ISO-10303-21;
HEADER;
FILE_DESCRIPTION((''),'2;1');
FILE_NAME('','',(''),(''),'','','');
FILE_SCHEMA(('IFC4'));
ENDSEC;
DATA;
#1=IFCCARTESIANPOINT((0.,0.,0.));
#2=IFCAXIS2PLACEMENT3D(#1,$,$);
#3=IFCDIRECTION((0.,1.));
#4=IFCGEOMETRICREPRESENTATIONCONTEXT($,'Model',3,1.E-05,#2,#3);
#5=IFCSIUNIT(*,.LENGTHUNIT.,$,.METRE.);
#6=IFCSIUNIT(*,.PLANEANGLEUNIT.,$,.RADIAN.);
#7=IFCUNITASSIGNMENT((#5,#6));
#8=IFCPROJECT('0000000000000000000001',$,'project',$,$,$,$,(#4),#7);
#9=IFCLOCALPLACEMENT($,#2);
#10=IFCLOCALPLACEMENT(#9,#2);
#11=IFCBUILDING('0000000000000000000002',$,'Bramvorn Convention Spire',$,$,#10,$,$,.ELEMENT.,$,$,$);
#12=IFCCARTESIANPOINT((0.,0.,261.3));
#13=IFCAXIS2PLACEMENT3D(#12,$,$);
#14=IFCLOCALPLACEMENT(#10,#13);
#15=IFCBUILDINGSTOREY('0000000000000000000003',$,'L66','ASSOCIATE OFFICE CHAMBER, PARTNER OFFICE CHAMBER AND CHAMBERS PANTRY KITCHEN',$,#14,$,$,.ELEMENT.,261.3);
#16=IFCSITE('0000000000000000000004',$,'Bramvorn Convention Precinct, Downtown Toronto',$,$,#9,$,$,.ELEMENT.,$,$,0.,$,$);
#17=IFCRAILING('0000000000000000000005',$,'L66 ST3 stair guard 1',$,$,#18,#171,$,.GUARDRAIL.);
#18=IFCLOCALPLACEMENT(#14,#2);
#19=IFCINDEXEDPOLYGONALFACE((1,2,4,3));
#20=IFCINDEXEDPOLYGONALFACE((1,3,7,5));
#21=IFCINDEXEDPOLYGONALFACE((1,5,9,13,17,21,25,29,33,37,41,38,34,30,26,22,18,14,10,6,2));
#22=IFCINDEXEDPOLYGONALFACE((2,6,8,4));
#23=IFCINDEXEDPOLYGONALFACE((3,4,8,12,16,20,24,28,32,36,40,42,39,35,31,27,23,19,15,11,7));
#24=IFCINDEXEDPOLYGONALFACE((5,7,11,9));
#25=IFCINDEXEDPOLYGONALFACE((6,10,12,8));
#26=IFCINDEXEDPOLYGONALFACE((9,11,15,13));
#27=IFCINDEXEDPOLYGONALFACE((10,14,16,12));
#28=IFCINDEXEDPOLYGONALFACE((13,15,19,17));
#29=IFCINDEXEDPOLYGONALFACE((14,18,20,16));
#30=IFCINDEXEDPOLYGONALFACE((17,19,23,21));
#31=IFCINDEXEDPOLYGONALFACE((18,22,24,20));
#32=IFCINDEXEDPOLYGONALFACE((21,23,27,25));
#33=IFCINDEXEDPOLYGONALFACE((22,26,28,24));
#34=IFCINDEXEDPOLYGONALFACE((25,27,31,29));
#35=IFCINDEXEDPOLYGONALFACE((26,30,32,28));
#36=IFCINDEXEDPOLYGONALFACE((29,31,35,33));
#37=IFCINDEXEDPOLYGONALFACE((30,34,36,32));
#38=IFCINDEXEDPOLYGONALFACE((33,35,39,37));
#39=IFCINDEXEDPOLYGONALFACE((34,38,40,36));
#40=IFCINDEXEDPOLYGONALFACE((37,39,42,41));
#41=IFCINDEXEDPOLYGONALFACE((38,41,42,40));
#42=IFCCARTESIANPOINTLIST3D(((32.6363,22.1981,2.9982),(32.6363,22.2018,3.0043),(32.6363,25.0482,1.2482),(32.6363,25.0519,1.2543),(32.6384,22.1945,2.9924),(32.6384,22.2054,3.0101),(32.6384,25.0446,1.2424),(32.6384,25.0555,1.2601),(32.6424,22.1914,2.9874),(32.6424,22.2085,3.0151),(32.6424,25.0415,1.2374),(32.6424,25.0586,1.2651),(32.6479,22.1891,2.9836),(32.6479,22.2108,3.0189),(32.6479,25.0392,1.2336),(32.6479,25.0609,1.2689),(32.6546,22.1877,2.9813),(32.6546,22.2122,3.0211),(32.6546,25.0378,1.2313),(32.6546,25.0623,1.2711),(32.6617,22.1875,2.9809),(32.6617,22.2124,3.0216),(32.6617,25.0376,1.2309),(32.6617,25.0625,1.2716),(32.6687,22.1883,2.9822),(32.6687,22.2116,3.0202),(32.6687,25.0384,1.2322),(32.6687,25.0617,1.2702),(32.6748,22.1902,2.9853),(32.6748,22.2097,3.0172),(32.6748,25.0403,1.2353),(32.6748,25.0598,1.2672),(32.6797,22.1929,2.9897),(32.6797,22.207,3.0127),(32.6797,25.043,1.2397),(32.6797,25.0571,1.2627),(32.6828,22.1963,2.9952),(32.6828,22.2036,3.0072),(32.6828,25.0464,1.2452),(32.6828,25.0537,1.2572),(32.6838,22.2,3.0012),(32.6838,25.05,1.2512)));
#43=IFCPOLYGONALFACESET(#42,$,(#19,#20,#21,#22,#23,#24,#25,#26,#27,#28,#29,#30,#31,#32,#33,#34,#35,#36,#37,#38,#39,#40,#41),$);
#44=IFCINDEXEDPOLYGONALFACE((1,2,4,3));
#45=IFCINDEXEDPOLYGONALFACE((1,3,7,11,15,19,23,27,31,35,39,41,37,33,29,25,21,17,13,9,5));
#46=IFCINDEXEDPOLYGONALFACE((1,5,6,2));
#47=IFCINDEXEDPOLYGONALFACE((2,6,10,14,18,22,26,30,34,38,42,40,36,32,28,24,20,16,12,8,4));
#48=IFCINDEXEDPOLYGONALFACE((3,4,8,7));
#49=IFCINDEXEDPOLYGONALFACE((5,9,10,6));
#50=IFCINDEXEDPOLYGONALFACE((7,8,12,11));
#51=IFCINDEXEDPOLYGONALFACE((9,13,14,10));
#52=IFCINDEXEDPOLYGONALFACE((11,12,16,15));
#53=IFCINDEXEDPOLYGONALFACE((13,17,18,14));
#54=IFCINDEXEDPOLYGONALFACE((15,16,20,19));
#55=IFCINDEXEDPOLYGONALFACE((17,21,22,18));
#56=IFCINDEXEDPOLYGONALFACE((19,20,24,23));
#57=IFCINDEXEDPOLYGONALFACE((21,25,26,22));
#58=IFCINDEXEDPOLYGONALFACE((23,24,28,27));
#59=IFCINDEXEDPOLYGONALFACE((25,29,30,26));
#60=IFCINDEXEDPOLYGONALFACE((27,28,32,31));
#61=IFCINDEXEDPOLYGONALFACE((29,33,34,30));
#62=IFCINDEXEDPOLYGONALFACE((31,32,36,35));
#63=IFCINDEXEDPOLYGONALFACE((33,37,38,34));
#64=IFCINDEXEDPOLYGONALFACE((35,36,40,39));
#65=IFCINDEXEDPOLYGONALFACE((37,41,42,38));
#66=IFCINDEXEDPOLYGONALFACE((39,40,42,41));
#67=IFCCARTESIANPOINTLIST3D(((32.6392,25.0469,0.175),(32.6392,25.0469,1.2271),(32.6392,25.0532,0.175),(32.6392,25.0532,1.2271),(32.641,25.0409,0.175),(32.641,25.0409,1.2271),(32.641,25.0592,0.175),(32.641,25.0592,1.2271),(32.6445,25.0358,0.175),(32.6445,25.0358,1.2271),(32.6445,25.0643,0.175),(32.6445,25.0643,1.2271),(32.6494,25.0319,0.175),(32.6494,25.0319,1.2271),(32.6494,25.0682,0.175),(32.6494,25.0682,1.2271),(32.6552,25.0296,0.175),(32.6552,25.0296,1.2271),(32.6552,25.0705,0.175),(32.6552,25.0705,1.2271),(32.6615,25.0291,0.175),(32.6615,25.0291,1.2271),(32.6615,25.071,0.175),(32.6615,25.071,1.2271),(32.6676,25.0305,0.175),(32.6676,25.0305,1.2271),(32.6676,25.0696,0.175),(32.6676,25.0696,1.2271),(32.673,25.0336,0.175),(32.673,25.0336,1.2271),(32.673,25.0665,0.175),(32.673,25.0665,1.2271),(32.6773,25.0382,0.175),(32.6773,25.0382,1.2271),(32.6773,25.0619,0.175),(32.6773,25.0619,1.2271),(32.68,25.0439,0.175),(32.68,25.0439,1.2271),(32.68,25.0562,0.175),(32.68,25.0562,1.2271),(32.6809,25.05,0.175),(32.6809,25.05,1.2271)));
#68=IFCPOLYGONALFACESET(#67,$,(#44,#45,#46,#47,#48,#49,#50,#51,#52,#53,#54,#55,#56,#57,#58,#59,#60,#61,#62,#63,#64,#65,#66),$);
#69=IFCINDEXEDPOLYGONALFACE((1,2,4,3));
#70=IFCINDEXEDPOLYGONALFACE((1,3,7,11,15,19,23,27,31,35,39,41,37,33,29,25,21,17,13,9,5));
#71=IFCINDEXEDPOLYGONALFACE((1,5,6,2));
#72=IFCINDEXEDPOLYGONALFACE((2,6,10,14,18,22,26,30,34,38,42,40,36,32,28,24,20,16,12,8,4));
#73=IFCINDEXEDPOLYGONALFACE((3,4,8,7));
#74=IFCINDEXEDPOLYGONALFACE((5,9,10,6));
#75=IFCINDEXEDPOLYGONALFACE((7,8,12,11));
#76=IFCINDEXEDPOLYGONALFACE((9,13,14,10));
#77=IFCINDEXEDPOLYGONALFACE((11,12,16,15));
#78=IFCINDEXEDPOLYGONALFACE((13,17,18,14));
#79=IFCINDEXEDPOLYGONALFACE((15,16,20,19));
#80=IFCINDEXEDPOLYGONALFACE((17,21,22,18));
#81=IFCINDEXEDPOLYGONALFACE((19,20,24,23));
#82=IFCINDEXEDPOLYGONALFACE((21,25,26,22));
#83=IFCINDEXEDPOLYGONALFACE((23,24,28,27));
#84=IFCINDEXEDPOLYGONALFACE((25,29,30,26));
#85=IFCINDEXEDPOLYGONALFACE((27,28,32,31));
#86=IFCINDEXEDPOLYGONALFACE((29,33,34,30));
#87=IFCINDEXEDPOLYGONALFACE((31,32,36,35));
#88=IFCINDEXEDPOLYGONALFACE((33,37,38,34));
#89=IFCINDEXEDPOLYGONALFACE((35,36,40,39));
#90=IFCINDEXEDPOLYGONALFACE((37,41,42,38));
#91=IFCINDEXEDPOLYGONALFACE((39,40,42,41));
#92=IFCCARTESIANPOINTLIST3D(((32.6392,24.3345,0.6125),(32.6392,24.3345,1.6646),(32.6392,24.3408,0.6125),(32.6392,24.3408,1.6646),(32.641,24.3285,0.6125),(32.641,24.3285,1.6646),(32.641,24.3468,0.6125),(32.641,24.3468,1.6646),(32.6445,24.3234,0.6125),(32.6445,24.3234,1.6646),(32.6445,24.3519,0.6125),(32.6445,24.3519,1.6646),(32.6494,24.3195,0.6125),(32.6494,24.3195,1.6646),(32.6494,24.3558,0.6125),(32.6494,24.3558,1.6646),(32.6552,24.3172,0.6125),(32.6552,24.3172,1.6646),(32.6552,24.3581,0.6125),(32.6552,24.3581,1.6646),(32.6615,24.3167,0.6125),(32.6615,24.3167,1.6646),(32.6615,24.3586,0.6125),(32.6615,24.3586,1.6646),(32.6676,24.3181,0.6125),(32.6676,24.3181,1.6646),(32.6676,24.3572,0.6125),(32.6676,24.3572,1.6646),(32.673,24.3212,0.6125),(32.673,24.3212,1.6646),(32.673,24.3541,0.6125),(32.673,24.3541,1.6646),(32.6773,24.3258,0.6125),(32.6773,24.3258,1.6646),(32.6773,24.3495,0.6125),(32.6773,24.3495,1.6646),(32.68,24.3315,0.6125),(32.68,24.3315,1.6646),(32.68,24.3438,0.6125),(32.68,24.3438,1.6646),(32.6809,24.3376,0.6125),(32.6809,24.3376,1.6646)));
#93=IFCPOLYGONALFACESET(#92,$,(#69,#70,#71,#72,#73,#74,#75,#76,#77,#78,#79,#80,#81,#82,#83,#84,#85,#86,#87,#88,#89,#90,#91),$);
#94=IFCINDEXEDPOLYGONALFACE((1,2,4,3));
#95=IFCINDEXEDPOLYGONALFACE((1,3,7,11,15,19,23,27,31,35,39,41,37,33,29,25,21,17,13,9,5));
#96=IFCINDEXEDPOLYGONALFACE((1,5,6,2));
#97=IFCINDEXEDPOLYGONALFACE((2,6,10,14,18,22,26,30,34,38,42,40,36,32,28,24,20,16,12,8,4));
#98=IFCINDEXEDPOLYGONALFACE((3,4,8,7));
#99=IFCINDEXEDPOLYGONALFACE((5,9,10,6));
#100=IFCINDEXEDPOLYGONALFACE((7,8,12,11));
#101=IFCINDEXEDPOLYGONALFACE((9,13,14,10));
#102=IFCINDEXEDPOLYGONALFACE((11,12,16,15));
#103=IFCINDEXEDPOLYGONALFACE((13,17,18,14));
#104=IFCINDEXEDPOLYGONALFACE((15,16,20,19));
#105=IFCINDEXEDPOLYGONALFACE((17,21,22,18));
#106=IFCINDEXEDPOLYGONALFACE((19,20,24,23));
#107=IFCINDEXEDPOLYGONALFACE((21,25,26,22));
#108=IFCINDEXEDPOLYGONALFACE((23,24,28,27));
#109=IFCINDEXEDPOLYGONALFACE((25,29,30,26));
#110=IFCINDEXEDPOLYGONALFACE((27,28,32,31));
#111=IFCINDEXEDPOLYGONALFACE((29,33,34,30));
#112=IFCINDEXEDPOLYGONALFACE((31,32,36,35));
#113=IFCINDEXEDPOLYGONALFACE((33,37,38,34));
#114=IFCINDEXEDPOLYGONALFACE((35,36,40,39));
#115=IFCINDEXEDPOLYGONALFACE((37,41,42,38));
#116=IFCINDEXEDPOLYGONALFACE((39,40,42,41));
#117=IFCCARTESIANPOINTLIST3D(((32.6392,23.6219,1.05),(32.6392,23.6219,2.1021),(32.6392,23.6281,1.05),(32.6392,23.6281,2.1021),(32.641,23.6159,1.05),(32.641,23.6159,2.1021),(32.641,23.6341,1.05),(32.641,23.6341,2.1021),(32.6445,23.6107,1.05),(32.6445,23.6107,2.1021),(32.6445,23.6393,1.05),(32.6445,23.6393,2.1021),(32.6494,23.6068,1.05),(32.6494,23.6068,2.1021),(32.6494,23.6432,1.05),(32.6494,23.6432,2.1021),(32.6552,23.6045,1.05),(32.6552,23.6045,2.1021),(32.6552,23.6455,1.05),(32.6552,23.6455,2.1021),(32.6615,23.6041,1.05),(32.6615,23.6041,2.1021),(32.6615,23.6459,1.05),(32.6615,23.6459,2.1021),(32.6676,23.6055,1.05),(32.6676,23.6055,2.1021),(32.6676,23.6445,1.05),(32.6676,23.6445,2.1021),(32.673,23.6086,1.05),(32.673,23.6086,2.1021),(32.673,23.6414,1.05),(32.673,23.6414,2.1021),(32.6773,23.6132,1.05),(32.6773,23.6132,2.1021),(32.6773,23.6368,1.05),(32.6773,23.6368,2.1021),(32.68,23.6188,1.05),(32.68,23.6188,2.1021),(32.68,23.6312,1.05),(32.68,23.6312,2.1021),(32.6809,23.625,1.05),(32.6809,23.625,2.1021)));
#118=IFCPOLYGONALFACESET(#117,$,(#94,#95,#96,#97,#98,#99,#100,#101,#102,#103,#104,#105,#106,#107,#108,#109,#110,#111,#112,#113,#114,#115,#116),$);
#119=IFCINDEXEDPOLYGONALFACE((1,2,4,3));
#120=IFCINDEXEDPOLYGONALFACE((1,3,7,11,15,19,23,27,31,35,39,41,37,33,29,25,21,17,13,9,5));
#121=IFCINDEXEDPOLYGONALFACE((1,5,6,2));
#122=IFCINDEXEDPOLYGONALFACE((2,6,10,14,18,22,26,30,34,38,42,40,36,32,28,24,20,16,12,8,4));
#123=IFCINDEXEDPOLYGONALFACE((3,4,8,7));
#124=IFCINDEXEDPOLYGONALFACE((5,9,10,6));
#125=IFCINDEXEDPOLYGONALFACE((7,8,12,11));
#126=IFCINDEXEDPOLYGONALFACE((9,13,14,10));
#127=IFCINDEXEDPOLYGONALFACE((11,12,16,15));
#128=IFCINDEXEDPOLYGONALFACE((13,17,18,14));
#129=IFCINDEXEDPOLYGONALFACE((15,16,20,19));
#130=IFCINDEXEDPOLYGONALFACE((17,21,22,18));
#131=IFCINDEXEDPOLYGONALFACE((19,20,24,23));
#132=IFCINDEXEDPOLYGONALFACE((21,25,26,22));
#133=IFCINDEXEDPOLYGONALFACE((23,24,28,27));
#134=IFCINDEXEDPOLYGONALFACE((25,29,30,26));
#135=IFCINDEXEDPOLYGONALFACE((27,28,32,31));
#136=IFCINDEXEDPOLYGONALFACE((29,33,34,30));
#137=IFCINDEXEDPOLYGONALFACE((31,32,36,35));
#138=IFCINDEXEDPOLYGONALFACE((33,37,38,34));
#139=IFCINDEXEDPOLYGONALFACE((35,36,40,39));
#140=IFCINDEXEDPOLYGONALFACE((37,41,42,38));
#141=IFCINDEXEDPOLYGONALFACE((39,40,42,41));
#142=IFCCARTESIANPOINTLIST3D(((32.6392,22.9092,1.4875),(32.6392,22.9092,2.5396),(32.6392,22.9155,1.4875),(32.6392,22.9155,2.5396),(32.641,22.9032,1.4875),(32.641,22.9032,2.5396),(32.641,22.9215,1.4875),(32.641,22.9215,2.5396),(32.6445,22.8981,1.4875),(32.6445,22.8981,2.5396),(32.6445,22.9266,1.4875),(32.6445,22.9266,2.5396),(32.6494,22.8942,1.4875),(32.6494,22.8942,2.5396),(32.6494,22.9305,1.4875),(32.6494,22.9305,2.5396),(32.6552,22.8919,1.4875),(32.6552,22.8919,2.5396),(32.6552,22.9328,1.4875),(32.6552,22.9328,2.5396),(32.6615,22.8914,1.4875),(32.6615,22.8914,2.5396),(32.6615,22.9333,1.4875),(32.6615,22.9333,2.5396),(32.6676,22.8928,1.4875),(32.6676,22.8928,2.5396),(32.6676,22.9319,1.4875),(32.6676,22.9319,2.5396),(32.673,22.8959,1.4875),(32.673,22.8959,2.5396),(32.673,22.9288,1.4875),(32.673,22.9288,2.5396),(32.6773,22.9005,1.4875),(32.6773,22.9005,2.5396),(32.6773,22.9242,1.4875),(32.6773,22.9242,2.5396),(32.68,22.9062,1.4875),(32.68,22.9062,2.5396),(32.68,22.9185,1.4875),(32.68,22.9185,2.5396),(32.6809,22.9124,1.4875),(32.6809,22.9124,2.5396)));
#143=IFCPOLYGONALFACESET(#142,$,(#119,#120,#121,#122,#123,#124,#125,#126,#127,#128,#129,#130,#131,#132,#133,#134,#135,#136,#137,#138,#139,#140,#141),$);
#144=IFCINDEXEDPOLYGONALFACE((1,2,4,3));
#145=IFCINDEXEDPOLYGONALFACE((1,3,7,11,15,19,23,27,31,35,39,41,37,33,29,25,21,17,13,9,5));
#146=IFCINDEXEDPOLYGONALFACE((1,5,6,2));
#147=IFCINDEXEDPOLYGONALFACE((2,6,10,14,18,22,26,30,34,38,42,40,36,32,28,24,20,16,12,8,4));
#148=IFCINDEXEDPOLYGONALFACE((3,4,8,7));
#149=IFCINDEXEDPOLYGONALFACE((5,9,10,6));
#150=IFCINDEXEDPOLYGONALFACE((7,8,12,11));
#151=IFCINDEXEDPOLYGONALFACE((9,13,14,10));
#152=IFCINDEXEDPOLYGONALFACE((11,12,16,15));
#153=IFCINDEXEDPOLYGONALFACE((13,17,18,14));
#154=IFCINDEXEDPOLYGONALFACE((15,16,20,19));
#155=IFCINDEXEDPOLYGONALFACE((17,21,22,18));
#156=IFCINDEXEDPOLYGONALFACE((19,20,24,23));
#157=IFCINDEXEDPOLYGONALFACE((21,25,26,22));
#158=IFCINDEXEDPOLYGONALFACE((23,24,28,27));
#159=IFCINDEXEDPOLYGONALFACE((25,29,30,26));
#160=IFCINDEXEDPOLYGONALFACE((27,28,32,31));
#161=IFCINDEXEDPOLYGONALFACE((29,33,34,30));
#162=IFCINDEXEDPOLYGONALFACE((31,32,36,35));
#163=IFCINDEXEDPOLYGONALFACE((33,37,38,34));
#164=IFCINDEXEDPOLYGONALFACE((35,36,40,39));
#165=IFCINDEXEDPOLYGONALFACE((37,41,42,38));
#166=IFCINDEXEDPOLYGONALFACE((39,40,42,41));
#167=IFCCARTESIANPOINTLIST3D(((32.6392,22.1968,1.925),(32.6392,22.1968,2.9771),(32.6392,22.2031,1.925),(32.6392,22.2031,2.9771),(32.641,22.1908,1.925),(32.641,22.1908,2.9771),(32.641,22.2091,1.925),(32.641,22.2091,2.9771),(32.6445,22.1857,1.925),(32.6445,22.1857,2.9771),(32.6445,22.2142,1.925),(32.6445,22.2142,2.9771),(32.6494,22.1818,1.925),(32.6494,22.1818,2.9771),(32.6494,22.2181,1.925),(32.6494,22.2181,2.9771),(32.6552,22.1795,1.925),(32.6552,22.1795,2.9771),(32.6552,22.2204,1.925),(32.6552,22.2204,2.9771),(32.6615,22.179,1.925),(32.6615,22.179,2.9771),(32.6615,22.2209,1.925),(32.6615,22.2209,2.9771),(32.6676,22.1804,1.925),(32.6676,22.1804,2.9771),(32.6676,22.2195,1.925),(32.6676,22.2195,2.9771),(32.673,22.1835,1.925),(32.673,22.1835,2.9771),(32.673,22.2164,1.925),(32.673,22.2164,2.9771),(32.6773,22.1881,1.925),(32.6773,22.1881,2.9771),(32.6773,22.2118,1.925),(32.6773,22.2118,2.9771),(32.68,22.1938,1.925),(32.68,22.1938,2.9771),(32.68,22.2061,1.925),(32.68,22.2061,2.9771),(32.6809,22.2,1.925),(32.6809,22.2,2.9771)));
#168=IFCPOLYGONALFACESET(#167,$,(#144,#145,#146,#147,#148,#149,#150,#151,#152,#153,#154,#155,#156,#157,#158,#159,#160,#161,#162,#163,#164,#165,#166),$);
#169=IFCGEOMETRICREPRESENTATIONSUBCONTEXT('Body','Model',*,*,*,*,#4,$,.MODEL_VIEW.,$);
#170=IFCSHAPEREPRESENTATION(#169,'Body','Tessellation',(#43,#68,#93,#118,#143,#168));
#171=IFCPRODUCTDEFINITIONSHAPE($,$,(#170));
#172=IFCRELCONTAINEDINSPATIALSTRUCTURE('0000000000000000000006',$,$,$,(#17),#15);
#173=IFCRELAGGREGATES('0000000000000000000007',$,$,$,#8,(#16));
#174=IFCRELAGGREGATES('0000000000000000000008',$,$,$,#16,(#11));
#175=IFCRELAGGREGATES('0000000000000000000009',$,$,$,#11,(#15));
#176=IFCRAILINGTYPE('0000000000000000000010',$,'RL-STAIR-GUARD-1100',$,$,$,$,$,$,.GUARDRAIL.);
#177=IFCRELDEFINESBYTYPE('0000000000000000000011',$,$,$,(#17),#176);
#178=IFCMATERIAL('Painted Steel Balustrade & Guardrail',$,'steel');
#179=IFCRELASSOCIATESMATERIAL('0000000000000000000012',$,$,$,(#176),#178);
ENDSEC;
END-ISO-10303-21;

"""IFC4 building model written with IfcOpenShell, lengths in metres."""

from ifc_helpers import new_model, si_unit, direction, frame, origin, origin_2d, place, context, subcontext, project, spatial, circle, extrude, material, type_object, element, save


model = new_model("IFC4")

# Units and contexts
model_context = context("Model", 3, precision=1e-05, world=origin(), true_north=direction((0.0, 1.0)))
body_context = subcontext(model_context, "Body", "Model", "MODEL_VIEW")
ifc_project = project(units=[si_unit("LENGTHUNIT", "METRE"), si_unit("PLANEANGLEUNIT", "RADIAN")], contexts=[model_context])

# Site, building, storey
site_placement = place(None, origin())
site = spatial("IfcSite", under=ifc_project, at=site_placement, Name="Bramvorn Convention Precinct, Downtown Toronto", CompositionType="ELEMENT", RefElevation=0.0)
building_placement = place(site_placement, origin())
building = spatial("IfcBuilding", under=site, at=building_placement, Name="Bramvorn Convention Spire", CompositionType="ELEMENT")
storey_placement = place(building_placement, frame((0.0, 0.0, 261.3)))
storey = spatial("IfcBuildingStorey", under=building, at=storey_placement, Name="L66", Description="ASSOCIATE OFFICE CHAMBER, PARTNER OFFICE CHAMBER AND CHAMBERS PANTRY KITCHEN", CompositionType="ELEMENT", Elevation=261.3)

# Railing
ifc_material_1 = material(Name="Painted Steel Balustrade & Guardrail", Category="steel")
railing_type_1 = type_object("IfcRailingType", Name="RL-STAIR-GUARD-1100", PredefinedType="GUARDRAIL", material=ifc_material_1)
railing_1_placement = place(storey_placement, frame((32.6599, 25.05, 0.175)))
element("IfcRailing", 1, at=railing_1_placement, inside=storey, type_object=railing_type_1, Name="L66 ST3 stair guard 1", PredefinedType="GUARDRAIL", context=body_context, shape_type="SweptSolid", body=[
    extrude(circle(Radius=0.0239, at=origin_2d()), frame((0.0, 0.0, 1.0762), z_axis=(0.0, -0.852179, 0.52325), x_axis=(1.0, 0.0, 0.0)), (0.0, 0.0, 1.0), 3.3445),
    extrude(circle(Radius=0.021, at=origin_2d()), origin(), (0.0, 0.0, 1.0), 1.052),
    extrude(circle(Radius=0.021, at=origin_2d()), frame((0.0, -0.7124, 0.4375)), (0.0, 0.0, 1.0), 1.052),
    extrude(circle(Radius=0.021, at=origin_2d()), frame((0.0, -1.425, 0.875)), (0.0, 0.0, 1.0), 1.052),
    extrude(circle(Radius=0.021, at=origin_2d()), frame((0.0, -2.1377, 1.3125)), (0.0, 0.0, 1.0), 1.052),
    extrude(circle(Radius=0.021, at=origin_2d()), frame((0.0, -2.8501, 1.75)), (0.0, 0.0, 1.0), 1.052),
])

save(model, "model.ifc")
